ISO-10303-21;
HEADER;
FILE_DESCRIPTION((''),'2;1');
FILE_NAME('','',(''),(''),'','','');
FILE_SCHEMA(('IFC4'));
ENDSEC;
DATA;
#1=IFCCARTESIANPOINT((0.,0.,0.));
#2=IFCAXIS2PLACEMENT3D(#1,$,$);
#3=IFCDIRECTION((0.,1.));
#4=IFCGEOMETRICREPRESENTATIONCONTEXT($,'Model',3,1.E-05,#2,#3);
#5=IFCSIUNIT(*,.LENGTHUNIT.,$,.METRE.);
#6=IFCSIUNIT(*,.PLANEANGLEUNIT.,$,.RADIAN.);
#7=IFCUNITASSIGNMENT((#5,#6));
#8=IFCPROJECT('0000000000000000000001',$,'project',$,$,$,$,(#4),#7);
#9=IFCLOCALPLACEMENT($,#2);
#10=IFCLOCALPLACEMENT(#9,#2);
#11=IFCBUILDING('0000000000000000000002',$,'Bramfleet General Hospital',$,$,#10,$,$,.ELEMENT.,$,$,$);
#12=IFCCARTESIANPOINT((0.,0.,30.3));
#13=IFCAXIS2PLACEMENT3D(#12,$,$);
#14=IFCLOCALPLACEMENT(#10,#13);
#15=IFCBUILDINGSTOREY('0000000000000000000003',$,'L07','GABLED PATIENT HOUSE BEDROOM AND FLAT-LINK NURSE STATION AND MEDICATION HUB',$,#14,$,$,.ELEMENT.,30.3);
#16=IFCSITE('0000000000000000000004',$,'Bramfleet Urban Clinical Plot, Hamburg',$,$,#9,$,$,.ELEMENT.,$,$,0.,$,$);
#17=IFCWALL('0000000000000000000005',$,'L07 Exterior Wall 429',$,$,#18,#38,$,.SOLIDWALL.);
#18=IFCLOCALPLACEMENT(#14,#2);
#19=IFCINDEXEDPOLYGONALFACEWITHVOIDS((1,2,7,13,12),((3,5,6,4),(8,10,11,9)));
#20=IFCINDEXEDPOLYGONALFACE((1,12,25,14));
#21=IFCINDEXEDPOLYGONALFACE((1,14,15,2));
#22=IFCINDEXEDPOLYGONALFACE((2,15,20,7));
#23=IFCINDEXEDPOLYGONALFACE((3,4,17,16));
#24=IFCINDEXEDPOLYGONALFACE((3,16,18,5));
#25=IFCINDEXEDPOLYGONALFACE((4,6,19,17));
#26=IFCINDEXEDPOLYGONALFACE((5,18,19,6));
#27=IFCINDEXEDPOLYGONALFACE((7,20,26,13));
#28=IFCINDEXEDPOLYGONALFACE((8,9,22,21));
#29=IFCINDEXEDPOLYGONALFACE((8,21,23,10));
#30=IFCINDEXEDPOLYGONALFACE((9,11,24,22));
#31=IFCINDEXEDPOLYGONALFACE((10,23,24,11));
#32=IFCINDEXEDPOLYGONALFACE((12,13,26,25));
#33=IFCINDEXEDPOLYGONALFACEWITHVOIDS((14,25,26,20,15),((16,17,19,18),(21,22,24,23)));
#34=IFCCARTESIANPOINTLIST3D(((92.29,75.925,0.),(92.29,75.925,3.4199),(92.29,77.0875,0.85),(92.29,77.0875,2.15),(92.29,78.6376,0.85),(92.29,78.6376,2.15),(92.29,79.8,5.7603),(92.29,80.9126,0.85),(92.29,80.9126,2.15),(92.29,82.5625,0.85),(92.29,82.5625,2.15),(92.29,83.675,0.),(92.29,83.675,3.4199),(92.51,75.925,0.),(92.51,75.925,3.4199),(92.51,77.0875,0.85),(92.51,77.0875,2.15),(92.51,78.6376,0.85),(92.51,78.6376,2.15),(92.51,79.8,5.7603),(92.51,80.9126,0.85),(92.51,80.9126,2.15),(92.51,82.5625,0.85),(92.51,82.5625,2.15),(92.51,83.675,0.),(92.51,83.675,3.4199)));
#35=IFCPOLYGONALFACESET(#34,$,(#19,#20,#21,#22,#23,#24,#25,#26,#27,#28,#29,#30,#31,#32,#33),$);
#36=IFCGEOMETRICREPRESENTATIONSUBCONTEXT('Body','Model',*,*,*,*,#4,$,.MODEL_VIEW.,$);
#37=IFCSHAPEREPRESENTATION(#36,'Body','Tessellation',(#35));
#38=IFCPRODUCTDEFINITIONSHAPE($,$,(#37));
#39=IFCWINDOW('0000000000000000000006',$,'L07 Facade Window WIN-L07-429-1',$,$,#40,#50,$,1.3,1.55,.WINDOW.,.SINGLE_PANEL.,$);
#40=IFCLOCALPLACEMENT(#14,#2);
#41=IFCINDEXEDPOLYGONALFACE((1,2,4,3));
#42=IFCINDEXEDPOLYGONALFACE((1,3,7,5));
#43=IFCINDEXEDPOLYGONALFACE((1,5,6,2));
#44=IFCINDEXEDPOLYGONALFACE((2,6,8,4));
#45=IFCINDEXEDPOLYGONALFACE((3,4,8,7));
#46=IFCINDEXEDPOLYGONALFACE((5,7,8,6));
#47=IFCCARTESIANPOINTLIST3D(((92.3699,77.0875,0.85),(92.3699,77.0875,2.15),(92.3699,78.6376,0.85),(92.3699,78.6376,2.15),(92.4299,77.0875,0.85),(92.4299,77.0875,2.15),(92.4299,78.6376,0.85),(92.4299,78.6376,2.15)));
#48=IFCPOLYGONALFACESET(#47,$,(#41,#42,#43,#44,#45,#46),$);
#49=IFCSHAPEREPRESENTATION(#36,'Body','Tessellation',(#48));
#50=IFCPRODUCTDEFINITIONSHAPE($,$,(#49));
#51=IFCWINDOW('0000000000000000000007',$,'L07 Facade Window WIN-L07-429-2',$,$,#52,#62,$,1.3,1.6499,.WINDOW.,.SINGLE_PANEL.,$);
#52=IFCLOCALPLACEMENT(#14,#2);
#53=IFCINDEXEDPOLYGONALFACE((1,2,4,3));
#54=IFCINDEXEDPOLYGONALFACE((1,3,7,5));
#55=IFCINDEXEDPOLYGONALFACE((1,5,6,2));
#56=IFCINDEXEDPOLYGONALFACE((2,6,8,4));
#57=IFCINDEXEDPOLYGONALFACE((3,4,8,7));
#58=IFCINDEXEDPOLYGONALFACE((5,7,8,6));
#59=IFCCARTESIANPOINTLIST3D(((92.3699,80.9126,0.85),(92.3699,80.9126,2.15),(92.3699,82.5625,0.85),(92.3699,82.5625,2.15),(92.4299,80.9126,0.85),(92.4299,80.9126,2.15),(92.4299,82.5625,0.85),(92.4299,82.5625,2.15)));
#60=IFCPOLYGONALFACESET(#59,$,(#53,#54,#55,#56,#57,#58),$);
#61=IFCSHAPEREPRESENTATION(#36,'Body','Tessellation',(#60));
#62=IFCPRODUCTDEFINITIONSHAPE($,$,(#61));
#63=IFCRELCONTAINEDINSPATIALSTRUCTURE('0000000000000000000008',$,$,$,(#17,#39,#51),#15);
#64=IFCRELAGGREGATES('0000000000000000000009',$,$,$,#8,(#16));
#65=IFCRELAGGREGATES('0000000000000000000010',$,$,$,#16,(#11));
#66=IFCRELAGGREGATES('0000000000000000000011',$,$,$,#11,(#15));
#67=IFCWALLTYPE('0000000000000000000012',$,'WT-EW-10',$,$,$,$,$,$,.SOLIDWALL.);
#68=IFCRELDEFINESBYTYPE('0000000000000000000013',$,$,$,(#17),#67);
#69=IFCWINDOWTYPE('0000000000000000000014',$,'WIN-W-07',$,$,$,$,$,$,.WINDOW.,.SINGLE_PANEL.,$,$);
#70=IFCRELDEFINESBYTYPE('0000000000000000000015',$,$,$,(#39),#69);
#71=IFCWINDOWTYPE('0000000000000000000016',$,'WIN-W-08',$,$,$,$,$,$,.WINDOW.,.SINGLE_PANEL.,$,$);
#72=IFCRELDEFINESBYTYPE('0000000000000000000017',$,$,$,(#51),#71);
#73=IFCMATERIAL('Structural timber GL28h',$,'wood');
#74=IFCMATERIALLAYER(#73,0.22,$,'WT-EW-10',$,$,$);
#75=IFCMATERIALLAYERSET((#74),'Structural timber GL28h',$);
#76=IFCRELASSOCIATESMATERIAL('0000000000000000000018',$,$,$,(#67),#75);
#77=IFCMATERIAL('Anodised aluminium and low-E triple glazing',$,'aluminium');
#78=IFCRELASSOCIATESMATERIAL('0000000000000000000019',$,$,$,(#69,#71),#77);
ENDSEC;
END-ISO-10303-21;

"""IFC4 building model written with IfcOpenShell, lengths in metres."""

from ifc_helpers import new_model, si_unit, direction, frame, frame_2d, origin, place, context, subcontext, project, spatial, polyline, rectangle, outline, extrude, material, layer, layer_set, type_object, element, fill, save


model = new_model("IFC4")

# Units and contexts
model_context = context("Model", 3, precision=1e-05, world=origin(), true_north=direction((0.0, 1.0)))
body_context = subcontext(model_context, "Body", "Model", "MODEL_VIEW")
ifc_project = project(units=[si_unit("LENGTHUNIT", "METRE"), si_unit("PLANEANGLEUNIT", "RADIAN")], contexts=[model_context])

# Site, building, storey
site_placement = place(None, origin())
site = spatial("IfcSite", under=ifc_project, at=site_placement, Name="Bramfleet Urban Clinical Plot, Hamburg", CompositionType="ELEMENT", RefElevation=0.0)
building_placement = place(site_placement, origin())
building = spatial("IfcBuilding", under=site, at=building_placement, Name="Bramfleet General Hospital", CompositionType="ELEMENT")
storey_placement = place(building_placement, frame((0.0, 0.0, 30.3)))
storey = spatial("IfcBuildingStorey", under=building, at=storey_placement, Name="L07", Description="GABLED PATIENT HOUSE BEDROOM AND FLAT-LINK NURSE STATION AND MEDICATION HUB", CompositionType="ELEMENT", Elevation=30.3)

# Shared definitions
ifc_material_1 = material(Name="Anodised aluminium and low-E triple glazing", Category="aluminium")

# Wall, openings, windows
ifc_material_2 = material(Name="Structural timber GL28h", Category="wood")
ifc_layer_1 = layer(ifc_material_2, 0.22, Name="WT-EW-10")
ifc_layer_set_1 = layer_set([ifc_layer_1], Name="Structural timber GL28h")
wall_type = type_object("IfcWallType", Name="WT-EW-10", PredefinedType="SOLIDWALL", material=ifc_layer_set_1)
wall_placement = place(storey_placement, frame((92.3999, 75.925, 0.0), z_axis=(0.0, 0.0, 1.0), x_axis=(0.0, 1.0, 0.0)))
wall = element("IfcWall", 1, at=wall_placement, inside=storey, type_object=wall_type, Name="L07 Exterior Wall 429", PredefinedType="SOLIDWALL", context=body_context, shape_type="SweptSolid", body=[
    extrude(outline(polyline([(0.0, 0.0), (7.75, 0.0), (7.75, 3.4199), (3.875, 5.7603), (0.0, 3.4199), (0.0, 0.0)])), frame((0.0, 0.1099, 0.0), z_axis=(0.0, -1.0, 0.0), x_axis=(1.0, 0.0, 0.0)), (0.0, 0.0, 1.0), 0.22),
])
opening_1_placement = place(wall_placement, frame((1.1626, 0.0, 0.8501)))
opening_1 = element("IfcOpeningElement", 2, at=opening_1_placement, cuts=wall, PredefinedType="OPENING", context=body_context, shape_type="SweptSolid", body=[
    extrude(rectangle(XDim=1.55, YDim=1.3, at=frame_2d((0.7749, 0.6499))), frame((0.0, 0.1199, 0.0), z_axis=(0.0, -1.0, 0.0), x_axis=(1.0, 0.0, 0.0)), (0.0, 0.0, 1.0), 0.24),
])
opening_2_placement = place(wall_placement, frame((4.9875, 0.0, 0.8501)))
opening_2 = element("IfcOpeningElement", 3, at=opening_2_placement, cuts=wall, PredefinedType="OPENING", context=body_context, shape_type="SweptSolid", body=[
    extrude(rectangle(XDim=1.6499, YDim=1.3, at=frame_2d((0.825, 0.6499))), frame((0.0, 0.1199, 0.0), z_axis=(0.0, -1.0, 0.0), x_axis=(1.0, 0.0, 0.0)), (0.0, 0.0, 1.0), 0.24),
])
window_type_1 = type_object("IfcWindowType", Name="WIN-W-07", PartitioningType="SINGLE_PANEL", PredefinedType="WINDOW", material=ifc_material_1)
window_1_placement = place(opening_1_placement, origin())
window_1 = element("IfcWindow", 4, at=window_1_placement, inside=storey, type_object=window_type_1, Name="L07 Facade Window WIN-L07-429-1", OverallHeight=1.3, OverallWidth=1.55, PartitioningType="SINGLE_PANEL", PredefinedType="WINDOW", context=body_context, shape_type="SweptSolid", body=[
    extrude(rectangle(XDim=1.55, YDim=1.3, at=frame_2d((0.7749, 0.6499))), frame((0.0, 0.03, 0.0), z_axis=(0.0, -1.0, 0.0), x_axis=(1.0, 0.0, 0.0)), (0.0, 0.0, 1.0), 0.0601),
])
fill(opening_1, window_1)
window_type_2 = type_object("IfcWindowType", Name="WIN-W-08", PartitioningType="SINGLE_PANEL", PredefinedType="WINDOW", material=ifc_material_1)
window_2_placement = place(opening_2_placement, origin())
window_2 = element("IfcWindow", 5, at=window_2_placement, inside=storey, type_object=window_type_2, Name="L07 Facade Window WIN-L07-429-2", OverallHeight=1.3, OverallWidth=1.6499, PartitioningType="SINGLE_PANEL", PredefinedType="WINDOW", context=body_context, shape_type="SweptSolid", body=[
    extrude(rectangle(XDim=1.6499, YDim=1.3, at=frame_2d((0.825, 0.6499))), frame((0.0, 0.03, 0.0), z_axis=(0.0, -1.0, 0.0), x_axis=(1.0, 0.0, 0.0)), (0.0, 0.0, 1.0), 0.0601),
])
fill(opening_2, window_2)

save(model, "model.ifc")
